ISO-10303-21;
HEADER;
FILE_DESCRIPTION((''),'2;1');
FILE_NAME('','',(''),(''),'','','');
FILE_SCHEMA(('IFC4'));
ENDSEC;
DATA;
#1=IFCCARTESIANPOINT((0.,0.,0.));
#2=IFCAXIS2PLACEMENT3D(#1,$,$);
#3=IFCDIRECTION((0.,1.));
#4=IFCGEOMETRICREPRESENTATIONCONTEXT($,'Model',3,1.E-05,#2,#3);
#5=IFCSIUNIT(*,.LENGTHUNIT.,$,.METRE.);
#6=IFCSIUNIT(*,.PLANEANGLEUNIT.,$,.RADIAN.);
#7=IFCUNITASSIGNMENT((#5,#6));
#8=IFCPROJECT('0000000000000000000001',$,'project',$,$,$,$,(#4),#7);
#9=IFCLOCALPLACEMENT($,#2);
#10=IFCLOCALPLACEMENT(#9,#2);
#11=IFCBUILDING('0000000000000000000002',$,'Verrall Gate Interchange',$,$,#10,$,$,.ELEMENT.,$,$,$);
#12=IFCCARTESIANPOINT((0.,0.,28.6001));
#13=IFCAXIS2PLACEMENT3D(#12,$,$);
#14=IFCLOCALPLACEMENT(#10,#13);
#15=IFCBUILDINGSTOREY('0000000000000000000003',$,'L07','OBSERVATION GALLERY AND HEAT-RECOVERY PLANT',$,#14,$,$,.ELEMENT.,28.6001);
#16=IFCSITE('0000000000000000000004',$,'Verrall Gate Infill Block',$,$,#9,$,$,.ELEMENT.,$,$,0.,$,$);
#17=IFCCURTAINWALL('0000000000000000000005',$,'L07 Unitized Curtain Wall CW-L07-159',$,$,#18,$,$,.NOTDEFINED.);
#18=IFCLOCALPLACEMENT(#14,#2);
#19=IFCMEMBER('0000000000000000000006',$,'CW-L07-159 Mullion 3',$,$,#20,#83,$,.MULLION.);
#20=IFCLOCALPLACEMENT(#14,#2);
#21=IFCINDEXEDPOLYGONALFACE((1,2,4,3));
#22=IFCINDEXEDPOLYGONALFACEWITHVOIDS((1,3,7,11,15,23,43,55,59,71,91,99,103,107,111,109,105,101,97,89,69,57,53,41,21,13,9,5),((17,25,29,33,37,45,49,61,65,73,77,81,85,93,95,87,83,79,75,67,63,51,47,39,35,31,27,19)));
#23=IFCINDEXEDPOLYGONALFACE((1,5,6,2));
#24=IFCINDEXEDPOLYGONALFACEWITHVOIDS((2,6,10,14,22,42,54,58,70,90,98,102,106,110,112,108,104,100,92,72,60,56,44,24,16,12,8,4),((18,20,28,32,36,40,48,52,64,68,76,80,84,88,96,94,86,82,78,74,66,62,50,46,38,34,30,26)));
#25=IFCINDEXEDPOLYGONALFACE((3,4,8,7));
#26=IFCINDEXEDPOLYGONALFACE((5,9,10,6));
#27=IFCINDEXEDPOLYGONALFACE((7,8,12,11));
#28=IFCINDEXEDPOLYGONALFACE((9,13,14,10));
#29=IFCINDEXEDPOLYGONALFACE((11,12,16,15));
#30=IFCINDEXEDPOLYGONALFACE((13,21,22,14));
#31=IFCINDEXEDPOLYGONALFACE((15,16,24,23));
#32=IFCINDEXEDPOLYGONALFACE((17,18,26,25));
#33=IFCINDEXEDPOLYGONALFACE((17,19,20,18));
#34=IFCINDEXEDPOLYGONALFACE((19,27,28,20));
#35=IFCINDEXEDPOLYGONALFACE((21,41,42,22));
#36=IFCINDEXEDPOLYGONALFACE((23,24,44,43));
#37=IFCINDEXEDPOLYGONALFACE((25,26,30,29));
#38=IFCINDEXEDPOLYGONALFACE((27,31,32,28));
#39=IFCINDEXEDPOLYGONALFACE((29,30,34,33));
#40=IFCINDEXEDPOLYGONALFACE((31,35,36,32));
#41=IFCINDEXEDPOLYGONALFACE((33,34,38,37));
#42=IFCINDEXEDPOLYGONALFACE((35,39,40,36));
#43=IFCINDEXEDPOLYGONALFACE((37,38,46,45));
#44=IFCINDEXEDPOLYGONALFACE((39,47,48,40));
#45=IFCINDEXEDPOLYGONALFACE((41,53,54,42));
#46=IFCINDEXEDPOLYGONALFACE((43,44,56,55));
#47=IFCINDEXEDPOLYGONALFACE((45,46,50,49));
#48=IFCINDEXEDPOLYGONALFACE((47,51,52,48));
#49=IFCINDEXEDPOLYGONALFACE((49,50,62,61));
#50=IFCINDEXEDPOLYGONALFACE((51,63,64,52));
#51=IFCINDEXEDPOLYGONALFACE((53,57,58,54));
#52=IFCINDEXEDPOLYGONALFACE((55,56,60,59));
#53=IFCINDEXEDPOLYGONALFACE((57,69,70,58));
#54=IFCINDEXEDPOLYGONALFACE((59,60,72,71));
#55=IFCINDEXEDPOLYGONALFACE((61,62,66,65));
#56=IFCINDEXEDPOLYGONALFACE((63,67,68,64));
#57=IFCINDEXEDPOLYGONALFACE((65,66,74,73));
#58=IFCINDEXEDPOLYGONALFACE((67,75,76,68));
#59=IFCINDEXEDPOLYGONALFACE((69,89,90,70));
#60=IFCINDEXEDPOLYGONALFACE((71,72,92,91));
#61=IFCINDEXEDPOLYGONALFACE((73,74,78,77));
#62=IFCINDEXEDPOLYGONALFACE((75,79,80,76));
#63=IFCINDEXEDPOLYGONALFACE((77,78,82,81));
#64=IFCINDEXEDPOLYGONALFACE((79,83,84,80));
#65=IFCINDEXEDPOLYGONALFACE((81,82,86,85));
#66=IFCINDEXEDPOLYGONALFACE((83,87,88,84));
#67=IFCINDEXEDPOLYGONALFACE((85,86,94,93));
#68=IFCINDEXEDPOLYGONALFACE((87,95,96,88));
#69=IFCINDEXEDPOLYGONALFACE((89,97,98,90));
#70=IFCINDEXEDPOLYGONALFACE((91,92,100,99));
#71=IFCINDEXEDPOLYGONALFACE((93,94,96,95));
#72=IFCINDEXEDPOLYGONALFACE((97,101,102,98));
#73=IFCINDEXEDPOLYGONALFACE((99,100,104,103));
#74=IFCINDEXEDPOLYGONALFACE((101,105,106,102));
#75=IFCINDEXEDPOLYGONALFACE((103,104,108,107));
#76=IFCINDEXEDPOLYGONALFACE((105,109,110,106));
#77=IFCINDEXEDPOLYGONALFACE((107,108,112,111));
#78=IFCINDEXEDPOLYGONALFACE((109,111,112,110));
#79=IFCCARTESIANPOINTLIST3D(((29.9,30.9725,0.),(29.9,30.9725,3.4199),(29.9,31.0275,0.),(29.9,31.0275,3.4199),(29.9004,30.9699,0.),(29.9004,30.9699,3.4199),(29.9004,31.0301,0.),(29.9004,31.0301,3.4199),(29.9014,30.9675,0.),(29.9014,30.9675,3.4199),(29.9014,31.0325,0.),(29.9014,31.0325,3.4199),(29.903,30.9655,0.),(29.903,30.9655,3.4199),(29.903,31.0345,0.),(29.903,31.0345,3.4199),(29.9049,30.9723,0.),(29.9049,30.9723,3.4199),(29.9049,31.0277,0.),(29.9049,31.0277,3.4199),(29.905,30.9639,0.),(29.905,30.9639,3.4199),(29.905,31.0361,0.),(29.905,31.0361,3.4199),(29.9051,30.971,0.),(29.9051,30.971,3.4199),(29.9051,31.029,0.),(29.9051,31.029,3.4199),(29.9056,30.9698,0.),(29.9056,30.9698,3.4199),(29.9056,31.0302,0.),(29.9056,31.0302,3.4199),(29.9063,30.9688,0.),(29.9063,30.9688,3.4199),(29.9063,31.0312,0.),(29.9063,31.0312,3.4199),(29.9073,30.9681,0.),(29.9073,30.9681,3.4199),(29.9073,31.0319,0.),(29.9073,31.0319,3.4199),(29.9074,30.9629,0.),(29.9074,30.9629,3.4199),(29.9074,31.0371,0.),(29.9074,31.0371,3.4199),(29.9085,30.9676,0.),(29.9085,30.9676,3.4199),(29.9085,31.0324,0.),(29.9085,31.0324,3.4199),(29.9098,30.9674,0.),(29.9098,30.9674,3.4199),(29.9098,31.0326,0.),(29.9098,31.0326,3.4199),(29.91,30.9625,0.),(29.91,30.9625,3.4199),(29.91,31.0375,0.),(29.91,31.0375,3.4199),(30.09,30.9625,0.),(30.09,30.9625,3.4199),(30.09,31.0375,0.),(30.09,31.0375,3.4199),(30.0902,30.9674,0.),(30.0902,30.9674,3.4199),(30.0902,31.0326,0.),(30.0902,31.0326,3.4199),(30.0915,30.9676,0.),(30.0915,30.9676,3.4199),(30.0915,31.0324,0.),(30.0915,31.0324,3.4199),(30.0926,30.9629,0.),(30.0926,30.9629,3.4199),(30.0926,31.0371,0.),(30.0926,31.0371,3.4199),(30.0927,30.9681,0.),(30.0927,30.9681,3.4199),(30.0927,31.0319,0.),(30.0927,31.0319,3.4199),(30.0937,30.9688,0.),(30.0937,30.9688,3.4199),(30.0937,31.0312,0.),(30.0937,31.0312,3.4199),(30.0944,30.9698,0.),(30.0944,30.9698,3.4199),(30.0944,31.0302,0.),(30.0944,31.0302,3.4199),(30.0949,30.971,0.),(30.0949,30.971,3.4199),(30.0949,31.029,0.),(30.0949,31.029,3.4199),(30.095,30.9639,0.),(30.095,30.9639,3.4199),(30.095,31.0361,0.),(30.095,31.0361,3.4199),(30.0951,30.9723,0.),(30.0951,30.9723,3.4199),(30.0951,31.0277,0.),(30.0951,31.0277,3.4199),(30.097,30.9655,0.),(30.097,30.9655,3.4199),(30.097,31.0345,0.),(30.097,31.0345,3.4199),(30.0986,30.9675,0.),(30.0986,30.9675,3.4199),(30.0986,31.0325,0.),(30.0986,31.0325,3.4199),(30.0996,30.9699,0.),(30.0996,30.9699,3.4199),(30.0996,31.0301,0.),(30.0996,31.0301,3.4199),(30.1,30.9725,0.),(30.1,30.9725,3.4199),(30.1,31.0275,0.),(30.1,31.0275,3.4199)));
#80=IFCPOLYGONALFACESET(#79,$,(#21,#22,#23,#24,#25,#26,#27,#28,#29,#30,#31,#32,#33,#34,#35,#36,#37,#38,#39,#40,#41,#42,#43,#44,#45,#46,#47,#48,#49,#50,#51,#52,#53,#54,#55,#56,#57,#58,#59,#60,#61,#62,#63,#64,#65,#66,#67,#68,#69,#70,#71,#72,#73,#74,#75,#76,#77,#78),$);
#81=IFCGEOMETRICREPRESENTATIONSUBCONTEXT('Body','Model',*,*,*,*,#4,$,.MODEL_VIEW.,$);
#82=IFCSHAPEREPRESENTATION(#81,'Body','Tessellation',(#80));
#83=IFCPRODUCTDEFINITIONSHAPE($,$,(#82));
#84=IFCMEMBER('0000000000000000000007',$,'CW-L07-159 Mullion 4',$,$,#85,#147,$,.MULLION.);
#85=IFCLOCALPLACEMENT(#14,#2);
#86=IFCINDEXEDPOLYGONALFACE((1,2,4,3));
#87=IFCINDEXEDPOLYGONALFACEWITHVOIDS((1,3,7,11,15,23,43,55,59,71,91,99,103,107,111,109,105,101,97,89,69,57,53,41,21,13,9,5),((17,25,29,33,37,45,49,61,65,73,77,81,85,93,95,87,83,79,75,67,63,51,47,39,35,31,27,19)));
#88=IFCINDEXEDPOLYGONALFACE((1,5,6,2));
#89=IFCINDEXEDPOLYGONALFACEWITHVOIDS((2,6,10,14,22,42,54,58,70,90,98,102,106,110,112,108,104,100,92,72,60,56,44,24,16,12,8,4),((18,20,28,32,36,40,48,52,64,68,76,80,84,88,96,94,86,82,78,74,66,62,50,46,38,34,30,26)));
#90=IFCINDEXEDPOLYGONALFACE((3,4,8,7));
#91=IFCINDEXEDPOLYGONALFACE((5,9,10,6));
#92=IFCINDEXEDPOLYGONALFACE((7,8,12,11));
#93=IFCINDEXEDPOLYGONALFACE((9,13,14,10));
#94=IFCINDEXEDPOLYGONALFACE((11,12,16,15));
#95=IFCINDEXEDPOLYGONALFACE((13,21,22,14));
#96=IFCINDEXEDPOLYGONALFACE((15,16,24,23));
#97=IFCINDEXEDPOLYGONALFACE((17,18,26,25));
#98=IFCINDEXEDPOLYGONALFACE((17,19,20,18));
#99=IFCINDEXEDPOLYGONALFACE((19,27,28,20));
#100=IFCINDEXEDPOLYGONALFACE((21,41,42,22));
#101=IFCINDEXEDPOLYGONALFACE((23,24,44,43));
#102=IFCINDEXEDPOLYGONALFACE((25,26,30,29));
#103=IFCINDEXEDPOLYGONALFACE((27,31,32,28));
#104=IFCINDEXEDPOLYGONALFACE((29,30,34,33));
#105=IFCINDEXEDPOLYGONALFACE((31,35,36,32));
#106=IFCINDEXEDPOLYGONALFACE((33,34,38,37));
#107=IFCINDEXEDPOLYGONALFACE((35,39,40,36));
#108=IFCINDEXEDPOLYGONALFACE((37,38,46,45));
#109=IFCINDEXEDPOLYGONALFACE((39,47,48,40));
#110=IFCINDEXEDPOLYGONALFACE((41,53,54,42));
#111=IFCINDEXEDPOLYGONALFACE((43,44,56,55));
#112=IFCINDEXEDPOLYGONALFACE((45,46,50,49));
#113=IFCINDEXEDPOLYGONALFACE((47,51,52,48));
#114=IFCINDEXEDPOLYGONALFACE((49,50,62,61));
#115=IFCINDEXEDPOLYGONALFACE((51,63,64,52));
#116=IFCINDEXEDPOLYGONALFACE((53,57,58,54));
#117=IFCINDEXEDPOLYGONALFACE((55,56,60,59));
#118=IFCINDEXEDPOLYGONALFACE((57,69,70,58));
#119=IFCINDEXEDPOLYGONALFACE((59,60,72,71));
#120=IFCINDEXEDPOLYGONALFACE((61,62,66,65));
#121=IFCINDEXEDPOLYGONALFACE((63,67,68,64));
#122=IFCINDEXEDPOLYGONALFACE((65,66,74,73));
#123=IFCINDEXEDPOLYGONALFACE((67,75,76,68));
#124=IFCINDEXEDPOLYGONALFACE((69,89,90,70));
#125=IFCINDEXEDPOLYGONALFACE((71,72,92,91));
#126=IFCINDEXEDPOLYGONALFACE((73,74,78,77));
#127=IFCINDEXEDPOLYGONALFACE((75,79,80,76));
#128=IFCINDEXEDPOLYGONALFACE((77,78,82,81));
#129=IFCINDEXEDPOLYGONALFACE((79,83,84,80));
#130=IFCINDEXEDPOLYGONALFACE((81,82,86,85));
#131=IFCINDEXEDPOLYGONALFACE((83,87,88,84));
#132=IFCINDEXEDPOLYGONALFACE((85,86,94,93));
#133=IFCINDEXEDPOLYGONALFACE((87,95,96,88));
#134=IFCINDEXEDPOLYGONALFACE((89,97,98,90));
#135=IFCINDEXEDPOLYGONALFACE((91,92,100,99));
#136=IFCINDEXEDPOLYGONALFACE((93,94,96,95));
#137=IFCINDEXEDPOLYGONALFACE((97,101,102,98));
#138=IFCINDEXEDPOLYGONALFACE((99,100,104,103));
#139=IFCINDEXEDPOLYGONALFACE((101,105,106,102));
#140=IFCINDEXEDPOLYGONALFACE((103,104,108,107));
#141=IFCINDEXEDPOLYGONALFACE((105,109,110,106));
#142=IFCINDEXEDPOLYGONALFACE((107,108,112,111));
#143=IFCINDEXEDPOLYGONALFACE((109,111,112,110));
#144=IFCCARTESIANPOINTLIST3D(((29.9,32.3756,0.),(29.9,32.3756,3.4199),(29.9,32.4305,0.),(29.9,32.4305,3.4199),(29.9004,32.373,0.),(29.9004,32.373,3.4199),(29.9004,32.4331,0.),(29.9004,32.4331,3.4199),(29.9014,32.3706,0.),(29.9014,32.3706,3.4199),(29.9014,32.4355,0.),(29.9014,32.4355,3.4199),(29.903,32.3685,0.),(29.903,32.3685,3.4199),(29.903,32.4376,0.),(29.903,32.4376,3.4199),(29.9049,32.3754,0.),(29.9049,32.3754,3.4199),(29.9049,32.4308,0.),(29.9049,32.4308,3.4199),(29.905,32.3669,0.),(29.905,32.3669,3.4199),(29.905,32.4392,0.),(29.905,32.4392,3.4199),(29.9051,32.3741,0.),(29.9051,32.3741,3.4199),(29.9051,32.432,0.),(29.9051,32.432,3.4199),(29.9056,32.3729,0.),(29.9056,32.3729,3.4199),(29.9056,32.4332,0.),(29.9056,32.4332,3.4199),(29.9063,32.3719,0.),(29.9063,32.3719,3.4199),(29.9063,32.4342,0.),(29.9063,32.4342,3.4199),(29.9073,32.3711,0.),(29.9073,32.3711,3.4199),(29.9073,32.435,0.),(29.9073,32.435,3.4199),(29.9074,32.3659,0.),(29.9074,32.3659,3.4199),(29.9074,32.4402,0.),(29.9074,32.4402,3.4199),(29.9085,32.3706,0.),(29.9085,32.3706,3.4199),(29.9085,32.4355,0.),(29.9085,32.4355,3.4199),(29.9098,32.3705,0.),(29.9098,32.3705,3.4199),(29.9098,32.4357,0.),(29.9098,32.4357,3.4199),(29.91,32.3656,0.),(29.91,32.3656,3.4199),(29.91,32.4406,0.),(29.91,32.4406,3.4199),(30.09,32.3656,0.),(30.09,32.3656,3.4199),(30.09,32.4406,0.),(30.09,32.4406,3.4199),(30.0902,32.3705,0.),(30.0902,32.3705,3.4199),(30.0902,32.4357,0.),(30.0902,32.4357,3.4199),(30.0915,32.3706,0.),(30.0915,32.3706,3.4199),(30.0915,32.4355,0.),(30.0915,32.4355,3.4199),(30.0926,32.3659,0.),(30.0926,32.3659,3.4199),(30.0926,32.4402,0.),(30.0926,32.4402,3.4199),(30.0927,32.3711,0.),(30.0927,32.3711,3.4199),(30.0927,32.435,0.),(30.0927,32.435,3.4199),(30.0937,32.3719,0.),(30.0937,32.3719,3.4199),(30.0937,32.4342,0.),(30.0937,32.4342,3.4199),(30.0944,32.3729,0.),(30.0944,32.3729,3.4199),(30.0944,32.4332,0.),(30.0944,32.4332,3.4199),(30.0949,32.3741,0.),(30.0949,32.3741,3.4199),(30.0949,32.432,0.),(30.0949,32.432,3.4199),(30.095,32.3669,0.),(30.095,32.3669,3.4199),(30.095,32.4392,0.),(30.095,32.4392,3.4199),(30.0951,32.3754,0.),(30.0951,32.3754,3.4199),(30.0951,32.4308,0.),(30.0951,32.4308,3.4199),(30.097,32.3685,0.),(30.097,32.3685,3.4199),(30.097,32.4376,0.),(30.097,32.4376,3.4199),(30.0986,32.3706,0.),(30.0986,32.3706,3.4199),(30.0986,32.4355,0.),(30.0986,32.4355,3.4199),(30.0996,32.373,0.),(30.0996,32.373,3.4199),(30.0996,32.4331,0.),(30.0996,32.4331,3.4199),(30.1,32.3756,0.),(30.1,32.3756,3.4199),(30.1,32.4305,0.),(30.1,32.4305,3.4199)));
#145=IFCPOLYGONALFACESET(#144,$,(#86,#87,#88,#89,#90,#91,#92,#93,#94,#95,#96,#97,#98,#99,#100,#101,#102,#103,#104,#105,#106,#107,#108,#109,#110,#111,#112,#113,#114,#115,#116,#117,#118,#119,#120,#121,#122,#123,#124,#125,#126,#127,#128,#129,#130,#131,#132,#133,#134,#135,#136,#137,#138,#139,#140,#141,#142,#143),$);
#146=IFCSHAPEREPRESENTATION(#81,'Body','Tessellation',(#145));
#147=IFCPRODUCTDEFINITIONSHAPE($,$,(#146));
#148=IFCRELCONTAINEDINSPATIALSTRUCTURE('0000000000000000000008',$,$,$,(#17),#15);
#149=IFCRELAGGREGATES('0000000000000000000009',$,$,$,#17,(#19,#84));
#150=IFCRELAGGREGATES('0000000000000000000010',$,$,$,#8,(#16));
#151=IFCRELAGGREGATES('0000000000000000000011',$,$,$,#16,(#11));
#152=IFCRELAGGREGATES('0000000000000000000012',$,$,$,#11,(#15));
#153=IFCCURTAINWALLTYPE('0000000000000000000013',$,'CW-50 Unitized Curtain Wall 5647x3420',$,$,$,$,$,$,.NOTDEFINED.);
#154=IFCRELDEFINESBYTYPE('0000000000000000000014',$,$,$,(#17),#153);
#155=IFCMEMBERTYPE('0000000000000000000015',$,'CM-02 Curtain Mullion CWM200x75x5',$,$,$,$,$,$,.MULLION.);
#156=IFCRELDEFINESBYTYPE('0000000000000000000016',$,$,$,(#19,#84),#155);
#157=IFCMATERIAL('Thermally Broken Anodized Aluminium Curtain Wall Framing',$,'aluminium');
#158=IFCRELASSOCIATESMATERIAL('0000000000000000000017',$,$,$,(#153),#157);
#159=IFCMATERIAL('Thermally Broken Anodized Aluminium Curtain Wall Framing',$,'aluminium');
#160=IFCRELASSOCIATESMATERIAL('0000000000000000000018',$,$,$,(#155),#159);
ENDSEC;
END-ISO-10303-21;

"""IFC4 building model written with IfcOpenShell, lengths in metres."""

from ifc_helpers import new_model, si_unit, direction, frame, origin, origin_2d, place, context, subcontext, project, spatial, hollow_rectangle, extrude, material, material_profile, profile_set, type_object, element, aggregate, save


model = new_model("IFC4")

# Units and contexts
model_context = context("Model", 3, precision=1e-05, world=origin(), true_north=direction((0.0, 1.0)))
body_context = subcontext(model_context, "Body", "Model", "MODEL_VIEW")
ifc_project = project(units=[si_unit("LENGTHUNIT", "METRE"), si_unit("PLANEANGLEUNIT", "RADIAN")], contexts=[model_context])

# Site, building, storey
site_placement = place(None, origin())
site = spatial("IfcSite", under=ifc_project, at=site_placement, Name="Verrall Gate Infill Block", CompositionType="ELEMENT", RefElevation=0.0)
building_placement = place(site_placement, origin())
building = spatial("IfcBuilding", under=site, at=building_placement, Name="Verrall Gate Interchange", CompositionType="ELEMENT")
storey_placement = place(building_placement, frame((0.0, 0.0, 28.6001)))
storey = spatial("IfcBuildingStorey", under=building, at=storey_placement, Name="L07", Description="OBSERVATION GALLERY AND HEAT-RECOVERY PLANT", CompositionType="ELEMENT", Elevation=28.6001)

# Curtain wall, members
ifc_material_1 = material(Name="Thermally Broken Anodized Aluminium Curtain Wall Framing", Category="aluminium")
curtain_wall_type = type_object("IfcCurtainWallType", Name="CW-50 Unitized Curtain Wall 5647x3420", PredefinedType="NOTDEFINED", material=ifc_material_1)
curtain_wall_1_placement = place(storey_placement, origin())
curtain_wall_1 = element("IfcCurtainWall", 1, at=curtain_wall_1_placement, inside=storey, type_object=curtain_wall_type, Name="L07 Unitized Curtain Wall CW-L07-159", PredefinedType="NOTDEFINED")
ifc_material_2 = material(Name="Thermally Broken Anodized Aluminium Curtain Wall Framing", Category="aluminium")
ifc_material_profile_1 = material_profile(ifc_material_2, hollow_rectangle(XDim=0.075, YDim=0.2, WallThickness=0.0049, InnerFilletRadius=0.0049, OuterFilletRadius=0.01, at=origin_2d()), Name="CWM200x75x5")
ifc_profile_set_1 = profile_set([ifc_material_profile_1], Name="Thermally Broken Anodized Aluminium Curtain Wall Framing")
member_type_1 = type_object("IfcMemberType", Name="CM-02 Curtain Mullion CWM200x75x5", PredefinedType="MULLION", material=ifc_profile_set_1)
member_1_placement = place(storey_placement, frame((30.0, 31.0, 0.0), z_axis=(0.0, 0.0, 1.0), x_axis=(0.0, 1.0, 0.0)))
member_1 = element("IfcMember", 2, at=member_1_placement, type_object=member_type_1, Name="CW-L07-159 Mullion 3", PredefinedType="MULLION", context=body_context, shape_type="SweptSolid", body=[
    extrude(hollow_rectangle(XDim=0.075, YDim=0.2, WallThickness=0.0049, InnerFilletRadius=0.0049, OuterFilletRadius=0.01, at=origin_2d()), origin(), (0.0, 0.0, 1.0), 3.4199),
])
member_2_placement = place(storey_placement, frame((30.0, 32.4031, 0.0), z_axis=(0.0, 0.0, 1.0), x_axis=(0.0, 1.0, 0.0)))
member_2 = element("IfcMember", 3, at=member_2_placement, type_object=member_type_1, Name="CW-L07-159 Mullion 4", PredefinedType="MULLION", context=body_context, shape_type="SweptSolid", body=[
    extrude(hollow_rectangle(XDim=0.075, YDim=0.2, WallThickness=0.0049, InnerFilletRadius=0.0049, OuterFilletRadius=0.01, at=origin_2d()), origin(), (0.0, 0.0, 1.0), 3.4199),
])

aggregate(curtain_wall_1, [member_1, member_2])

save(model, "model.ifc")
